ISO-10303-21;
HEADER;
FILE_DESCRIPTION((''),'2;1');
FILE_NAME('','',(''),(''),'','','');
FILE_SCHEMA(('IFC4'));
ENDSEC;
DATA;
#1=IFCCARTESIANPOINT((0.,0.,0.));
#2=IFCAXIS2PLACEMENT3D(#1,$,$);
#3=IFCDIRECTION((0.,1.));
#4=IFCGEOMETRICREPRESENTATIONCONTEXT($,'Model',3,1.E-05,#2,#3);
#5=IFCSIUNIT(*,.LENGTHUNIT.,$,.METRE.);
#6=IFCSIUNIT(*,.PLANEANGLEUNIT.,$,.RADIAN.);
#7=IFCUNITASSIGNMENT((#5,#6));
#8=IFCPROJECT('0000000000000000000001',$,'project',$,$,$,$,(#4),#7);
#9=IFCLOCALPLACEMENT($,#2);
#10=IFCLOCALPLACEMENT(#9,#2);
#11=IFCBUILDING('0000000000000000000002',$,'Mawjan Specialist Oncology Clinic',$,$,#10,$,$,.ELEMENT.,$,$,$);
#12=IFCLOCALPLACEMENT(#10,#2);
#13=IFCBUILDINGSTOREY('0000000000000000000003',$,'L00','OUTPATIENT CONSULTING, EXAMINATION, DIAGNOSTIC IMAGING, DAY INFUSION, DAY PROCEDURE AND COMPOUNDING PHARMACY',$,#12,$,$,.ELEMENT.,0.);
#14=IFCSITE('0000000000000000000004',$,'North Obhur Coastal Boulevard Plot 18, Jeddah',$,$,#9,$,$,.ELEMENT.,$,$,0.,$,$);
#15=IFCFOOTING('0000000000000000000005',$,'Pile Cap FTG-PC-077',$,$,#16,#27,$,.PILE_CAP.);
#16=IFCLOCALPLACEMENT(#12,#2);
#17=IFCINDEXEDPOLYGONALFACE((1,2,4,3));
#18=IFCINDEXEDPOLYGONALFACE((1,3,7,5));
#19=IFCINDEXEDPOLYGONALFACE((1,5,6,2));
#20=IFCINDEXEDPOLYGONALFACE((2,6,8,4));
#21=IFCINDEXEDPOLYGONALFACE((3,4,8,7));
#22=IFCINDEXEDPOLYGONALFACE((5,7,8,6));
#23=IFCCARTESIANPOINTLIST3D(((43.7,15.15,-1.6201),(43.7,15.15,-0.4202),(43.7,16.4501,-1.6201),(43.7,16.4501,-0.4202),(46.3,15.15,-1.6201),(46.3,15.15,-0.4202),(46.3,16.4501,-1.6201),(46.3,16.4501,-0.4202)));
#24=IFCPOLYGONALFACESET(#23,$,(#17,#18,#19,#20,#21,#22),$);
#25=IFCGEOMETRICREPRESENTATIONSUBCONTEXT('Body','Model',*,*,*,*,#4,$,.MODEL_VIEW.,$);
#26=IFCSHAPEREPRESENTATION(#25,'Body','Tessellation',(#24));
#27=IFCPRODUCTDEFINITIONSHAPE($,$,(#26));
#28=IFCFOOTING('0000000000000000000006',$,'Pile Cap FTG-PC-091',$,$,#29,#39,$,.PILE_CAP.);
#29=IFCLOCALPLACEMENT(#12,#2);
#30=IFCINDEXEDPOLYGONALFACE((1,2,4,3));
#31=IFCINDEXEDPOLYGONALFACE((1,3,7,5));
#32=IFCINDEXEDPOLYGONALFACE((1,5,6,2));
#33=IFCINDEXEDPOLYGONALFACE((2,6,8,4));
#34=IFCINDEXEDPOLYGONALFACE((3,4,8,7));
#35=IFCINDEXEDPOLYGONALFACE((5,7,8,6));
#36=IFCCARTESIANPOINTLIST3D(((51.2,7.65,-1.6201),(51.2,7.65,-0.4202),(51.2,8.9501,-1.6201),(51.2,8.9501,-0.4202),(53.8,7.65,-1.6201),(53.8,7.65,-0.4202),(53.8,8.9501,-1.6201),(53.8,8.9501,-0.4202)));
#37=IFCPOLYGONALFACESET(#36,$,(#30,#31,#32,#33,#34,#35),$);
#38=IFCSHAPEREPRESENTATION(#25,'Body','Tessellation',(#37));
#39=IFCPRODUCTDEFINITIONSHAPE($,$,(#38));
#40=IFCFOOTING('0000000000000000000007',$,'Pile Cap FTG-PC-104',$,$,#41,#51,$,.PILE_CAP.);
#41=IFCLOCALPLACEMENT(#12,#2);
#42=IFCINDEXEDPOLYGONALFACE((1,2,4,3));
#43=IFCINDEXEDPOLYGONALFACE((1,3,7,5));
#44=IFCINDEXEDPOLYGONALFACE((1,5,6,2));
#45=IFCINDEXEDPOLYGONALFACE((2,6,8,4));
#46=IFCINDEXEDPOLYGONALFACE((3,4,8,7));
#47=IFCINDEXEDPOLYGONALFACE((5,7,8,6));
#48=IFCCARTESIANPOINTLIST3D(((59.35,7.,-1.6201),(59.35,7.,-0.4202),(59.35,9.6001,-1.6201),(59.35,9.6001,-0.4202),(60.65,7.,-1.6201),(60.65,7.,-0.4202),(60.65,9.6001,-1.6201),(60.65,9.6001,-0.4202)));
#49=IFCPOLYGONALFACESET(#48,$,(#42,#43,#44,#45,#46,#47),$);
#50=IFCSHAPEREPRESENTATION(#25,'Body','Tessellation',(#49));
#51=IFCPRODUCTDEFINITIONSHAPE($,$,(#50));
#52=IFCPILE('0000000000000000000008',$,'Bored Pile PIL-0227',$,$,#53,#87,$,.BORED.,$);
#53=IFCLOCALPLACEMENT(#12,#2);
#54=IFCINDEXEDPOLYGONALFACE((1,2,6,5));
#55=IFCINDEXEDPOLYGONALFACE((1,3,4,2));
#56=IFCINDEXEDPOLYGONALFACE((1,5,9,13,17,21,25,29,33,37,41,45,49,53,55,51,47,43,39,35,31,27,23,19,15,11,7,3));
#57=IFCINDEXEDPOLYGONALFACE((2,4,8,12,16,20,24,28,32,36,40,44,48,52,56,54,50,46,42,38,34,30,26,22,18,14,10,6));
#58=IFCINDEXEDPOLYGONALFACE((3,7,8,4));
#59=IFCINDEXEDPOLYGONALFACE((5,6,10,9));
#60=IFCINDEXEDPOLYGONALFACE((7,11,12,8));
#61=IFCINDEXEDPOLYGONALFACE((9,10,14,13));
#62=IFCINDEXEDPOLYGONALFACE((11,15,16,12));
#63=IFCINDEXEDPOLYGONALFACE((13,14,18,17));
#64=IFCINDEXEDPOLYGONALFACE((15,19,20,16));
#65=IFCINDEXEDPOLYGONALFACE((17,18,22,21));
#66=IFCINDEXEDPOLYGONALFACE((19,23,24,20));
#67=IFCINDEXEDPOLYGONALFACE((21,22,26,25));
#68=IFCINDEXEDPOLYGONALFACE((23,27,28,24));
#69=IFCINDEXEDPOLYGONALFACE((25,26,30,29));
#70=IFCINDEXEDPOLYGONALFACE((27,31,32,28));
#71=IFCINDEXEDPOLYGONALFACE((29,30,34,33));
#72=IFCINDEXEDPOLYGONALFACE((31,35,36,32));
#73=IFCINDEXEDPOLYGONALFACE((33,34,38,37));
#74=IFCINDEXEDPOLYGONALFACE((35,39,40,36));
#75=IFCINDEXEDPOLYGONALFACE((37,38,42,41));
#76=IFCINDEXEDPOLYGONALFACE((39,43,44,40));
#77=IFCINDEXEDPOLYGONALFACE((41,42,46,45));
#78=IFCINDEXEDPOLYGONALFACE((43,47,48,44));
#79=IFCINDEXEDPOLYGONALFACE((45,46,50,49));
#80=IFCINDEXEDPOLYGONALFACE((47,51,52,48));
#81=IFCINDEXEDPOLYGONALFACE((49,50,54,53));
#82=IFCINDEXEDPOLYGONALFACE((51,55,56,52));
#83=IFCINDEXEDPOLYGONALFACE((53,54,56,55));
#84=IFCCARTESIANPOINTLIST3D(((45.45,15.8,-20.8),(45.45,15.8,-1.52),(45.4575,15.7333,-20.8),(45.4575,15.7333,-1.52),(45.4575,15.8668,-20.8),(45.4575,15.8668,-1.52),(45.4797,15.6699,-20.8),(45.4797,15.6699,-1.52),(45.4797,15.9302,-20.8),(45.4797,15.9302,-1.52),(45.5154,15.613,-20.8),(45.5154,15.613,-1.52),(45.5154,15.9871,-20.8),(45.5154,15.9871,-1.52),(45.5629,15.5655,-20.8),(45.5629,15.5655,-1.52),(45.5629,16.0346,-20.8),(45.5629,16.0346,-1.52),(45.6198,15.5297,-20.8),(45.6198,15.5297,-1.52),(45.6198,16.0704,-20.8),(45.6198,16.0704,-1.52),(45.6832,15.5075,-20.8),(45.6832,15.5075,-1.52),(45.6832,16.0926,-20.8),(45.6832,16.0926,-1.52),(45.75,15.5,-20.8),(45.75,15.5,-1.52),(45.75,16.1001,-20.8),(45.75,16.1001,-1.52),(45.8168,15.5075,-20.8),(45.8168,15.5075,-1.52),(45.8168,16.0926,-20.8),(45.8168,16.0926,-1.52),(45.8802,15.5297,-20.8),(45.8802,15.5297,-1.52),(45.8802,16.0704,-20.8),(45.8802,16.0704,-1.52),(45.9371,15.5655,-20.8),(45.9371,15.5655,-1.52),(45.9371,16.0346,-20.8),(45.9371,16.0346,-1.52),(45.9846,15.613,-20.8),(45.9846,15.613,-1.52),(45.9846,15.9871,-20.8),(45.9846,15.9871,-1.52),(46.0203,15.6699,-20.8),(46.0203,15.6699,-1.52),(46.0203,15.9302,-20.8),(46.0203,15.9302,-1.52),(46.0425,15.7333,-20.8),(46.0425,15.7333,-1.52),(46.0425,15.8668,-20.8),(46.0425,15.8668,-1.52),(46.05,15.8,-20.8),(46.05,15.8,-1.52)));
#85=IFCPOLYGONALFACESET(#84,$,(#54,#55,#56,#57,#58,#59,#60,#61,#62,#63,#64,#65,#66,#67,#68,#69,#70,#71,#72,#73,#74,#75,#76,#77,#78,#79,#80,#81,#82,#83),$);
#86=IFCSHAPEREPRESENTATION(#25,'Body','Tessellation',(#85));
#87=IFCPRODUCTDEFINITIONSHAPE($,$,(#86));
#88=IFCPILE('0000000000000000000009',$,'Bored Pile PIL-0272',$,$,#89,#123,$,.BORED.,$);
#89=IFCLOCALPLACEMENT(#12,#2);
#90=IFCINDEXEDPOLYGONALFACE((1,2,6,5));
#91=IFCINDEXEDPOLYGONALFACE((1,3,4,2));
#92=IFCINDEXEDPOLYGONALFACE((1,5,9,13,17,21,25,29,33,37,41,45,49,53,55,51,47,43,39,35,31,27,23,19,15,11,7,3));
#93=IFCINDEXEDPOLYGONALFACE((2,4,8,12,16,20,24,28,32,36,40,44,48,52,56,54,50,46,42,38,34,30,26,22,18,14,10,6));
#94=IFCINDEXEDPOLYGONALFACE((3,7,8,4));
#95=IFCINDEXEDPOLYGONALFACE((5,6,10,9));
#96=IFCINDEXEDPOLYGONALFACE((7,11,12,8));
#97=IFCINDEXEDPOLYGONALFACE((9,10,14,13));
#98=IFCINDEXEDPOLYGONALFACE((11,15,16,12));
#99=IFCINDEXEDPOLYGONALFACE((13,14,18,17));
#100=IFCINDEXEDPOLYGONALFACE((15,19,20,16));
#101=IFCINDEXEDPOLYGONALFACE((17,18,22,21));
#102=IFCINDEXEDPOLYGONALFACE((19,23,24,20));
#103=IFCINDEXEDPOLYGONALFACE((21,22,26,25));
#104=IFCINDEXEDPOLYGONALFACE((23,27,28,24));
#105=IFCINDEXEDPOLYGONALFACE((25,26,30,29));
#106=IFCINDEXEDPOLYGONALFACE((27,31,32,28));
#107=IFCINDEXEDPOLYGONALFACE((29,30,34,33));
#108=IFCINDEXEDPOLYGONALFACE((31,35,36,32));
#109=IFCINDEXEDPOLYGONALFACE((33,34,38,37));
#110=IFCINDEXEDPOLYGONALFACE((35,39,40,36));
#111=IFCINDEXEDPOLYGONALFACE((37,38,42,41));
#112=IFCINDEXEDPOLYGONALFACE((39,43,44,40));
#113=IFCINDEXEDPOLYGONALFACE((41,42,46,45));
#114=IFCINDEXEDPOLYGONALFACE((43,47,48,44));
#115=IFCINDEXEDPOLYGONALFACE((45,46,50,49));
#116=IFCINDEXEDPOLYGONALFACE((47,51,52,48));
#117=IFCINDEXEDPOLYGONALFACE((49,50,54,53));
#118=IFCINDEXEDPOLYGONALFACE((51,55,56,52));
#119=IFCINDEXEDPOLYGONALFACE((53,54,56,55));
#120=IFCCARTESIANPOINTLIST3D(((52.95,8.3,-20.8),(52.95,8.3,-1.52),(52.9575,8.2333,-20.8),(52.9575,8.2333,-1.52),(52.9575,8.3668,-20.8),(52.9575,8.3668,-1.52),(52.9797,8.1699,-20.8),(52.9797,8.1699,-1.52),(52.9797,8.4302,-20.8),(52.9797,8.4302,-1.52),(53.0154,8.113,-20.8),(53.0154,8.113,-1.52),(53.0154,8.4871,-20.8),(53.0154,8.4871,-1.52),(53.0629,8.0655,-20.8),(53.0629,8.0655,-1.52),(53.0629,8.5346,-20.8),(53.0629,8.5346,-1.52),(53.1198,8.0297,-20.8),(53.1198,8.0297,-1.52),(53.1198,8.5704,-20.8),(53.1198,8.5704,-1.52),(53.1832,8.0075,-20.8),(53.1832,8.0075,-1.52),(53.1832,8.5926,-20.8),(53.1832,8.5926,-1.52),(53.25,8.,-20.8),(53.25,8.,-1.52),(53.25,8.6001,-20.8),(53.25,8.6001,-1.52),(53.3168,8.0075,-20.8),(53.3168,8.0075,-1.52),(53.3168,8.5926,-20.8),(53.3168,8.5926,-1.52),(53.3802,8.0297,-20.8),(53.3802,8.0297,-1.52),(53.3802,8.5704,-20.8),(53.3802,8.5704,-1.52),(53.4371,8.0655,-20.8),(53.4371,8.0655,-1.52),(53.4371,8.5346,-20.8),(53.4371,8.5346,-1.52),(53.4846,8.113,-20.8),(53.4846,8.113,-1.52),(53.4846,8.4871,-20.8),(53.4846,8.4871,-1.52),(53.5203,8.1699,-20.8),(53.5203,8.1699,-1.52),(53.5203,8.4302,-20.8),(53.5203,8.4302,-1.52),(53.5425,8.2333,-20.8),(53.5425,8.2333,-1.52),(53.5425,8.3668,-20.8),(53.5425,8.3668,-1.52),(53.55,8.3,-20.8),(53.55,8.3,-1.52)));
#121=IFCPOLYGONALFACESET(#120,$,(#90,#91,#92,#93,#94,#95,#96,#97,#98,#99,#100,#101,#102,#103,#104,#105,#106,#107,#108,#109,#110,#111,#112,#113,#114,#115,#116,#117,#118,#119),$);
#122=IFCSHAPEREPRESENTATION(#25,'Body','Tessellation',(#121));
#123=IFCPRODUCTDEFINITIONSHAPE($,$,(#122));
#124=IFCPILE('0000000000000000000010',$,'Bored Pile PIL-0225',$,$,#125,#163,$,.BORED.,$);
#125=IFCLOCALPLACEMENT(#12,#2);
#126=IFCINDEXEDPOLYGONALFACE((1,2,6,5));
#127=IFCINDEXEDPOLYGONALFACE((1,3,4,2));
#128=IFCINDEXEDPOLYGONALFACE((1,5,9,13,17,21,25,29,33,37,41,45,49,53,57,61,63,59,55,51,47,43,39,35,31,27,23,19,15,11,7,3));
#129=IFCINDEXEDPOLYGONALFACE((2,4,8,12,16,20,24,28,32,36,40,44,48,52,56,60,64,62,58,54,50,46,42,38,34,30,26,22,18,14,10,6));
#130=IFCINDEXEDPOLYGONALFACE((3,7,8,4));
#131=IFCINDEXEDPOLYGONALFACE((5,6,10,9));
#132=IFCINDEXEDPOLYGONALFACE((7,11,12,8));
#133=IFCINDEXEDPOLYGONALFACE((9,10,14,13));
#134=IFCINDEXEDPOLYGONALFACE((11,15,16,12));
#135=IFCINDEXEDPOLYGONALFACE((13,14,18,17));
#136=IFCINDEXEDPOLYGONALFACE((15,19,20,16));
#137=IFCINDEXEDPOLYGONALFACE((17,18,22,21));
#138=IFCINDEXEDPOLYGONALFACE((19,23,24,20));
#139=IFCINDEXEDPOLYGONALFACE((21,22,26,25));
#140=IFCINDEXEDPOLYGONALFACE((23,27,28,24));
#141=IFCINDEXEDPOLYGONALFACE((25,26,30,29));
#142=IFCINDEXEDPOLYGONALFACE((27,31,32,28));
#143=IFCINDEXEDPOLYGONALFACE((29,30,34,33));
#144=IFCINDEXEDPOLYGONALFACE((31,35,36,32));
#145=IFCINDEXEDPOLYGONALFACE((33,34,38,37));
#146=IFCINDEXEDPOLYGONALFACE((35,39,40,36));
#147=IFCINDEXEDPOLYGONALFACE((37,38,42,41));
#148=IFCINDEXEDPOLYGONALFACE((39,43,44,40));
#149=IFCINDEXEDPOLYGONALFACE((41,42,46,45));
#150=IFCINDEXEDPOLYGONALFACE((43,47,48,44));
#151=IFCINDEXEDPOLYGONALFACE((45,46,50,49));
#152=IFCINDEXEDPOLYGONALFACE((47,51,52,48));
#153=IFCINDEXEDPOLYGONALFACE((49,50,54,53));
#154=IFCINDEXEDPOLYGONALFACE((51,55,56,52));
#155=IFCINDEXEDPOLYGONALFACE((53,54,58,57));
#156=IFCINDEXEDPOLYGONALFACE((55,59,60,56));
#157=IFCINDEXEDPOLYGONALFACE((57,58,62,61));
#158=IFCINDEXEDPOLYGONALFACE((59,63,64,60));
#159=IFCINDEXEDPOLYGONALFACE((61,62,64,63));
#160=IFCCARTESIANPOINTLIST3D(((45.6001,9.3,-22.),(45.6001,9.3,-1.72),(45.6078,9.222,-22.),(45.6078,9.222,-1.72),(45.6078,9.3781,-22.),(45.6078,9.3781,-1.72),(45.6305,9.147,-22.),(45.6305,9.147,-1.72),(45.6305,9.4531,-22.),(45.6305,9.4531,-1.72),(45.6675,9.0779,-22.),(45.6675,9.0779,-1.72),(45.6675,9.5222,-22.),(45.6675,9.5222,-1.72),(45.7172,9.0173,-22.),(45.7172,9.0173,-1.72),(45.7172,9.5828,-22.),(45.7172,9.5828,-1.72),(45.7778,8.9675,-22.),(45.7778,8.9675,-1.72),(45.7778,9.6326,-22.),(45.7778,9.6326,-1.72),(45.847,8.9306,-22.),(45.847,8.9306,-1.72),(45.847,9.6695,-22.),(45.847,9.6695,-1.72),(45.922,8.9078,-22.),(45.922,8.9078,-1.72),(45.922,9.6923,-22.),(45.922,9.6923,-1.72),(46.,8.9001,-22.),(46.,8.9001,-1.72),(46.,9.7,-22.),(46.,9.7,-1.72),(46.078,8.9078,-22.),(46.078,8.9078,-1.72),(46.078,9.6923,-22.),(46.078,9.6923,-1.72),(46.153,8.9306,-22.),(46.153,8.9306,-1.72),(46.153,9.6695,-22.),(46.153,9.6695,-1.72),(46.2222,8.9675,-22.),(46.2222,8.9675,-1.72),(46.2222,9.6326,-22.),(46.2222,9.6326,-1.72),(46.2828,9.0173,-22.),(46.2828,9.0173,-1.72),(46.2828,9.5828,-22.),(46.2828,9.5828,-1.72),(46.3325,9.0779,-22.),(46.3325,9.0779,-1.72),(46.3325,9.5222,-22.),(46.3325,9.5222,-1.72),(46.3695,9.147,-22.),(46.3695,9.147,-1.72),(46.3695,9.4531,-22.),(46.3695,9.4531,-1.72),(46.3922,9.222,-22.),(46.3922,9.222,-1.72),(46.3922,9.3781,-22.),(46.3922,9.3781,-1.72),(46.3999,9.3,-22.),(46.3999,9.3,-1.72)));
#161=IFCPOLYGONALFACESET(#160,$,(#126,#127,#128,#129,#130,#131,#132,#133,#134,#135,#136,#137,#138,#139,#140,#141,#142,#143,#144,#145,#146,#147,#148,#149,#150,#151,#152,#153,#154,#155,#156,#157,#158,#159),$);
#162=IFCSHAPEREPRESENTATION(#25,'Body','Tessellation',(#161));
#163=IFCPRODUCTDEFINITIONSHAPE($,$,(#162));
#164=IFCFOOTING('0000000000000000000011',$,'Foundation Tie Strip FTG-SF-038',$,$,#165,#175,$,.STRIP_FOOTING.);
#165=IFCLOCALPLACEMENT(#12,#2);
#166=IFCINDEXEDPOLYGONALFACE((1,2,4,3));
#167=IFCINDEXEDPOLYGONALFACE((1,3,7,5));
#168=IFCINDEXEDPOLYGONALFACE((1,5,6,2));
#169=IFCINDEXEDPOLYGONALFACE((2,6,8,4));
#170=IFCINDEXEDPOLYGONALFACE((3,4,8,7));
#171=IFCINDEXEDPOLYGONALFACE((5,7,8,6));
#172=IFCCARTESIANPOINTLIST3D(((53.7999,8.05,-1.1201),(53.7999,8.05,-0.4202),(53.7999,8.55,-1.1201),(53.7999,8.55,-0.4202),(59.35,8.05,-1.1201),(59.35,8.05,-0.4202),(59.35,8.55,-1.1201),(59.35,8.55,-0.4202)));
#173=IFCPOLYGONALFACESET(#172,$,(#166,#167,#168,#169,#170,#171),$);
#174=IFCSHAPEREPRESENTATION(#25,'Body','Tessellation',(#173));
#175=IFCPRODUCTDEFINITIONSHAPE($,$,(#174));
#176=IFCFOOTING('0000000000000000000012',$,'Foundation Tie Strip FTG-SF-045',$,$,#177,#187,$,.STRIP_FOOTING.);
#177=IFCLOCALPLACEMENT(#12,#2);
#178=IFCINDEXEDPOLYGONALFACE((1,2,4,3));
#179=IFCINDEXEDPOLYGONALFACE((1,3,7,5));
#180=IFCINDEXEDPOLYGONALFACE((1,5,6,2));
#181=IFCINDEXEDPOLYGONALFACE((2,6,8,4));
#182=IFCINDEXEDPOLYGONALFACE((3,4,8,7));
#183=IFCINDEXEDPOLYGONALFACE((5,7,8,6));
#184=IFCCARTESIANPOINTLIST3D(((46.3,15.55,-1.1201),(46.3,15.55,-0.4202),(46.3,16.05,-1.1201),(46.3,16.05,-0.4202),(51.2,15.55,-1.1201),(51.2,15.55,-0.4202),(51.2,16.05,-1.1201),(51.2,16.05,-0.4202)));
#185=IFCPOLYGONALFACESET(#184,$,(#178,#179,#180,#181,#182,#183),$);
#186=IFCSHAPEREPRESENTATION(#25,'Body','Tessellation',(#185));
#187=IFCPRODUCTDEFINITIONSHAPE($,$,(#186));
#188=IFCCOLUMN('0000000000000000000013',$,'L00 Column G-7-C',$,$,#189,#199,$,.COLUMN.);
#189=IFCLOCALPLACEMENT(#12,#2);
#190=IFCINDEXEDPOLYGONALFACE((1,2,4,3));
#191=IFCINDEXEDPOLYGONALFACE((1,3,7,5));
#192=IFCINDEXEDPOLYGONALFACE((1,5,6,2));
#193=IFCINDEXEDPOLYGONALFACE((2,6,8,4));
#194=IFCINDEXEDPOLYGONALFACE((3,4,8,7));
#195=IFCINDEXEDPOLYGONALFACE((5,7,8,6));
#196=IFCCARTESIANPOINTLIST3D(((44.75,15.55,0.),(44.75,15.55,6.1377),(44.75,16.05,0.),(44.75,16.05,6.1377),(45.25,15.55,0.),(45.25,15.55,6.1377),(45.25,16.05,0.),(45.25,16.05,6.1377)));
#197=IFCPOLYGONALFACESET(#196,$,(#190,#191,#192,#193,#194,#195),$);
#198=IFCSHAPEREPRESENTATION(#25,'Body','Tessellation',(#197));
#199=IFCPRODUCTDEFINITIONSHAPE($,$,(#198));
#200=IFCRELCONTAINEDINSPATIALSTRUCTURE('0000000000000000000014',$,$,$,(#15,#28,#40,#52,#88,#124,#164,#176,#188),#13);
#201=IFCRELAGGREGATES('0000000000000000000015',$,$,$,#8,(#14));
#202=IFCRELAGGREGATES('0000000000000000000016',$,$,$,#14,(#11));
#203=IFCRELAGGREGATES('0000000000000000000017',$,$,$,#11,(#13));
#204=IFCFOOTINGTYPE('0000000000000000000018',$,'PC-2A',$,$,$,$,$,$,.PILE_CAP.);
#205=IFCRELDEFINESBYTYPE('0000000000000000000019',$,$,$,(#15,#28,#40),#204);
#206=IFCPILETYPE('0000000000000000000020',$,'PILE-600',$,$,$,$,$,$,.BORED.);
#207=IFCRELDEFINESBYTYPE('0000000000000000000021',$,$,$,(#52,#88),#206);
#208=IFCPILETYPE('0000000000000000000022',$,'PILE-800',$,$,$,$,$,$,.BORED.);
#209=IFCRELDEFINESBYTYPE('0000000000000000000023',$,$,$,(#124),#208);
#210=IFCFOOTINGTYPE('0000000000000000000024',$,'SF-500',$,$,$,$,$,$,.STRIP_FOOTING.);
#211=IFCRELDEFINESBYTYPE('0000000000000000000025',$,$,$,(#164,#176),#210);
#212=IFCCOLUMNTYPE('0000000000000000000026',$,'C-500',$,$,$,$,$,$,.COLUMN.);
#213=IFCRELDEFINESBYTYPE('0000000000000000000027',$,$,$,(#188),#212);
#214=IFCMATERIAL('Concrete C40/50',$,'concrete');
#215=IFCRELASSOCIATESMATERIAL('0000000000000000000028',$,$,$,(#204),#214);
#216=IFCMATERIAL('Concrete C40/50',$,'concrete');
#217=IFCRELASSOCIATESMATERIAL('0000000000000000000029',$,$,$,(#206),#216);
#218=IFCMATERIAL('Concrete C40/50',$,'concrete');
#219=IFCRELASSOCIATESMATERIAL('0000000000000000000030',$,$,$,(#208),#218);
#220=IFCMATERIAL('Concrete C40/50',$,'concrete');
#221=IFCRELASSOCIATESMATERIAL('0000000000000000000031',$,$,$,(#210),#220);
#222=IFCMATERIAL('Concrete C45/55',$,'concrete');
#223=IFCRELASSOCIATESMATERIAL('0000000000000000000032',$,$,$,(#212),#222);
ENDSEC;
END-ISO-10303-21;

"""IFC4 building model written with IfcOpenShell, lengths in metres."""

from ifc_helpers import new_model, si_unit, direction, frame, origin, origin_2d, place, context, subcontext, project, spatial, rectangle, circle, extrude, material, material_profile, profile_set, type_object, element, save


model = new_model("IFC4")

# Units and contexts
model_context = context("Model", 3, precision=1e-05, world=origin(), true_north=direction((0.0, 1.0)))
body_context = subcontext(model_context, "Body", "Model", "MODEL_VIEW")
ifc_project = project(units=[si_unit("LENGTHUNIT", "METRE"), si_unit("PLANEANGLEUNIT", "RADIAN")], contexts=[model_context])

# Site, building, storey
site_placement = place(None, origin())
site = spatial("IfcSite", under=ifc_project, at=site_placement, Name="North Obhur Coastal Boulevard Plot 18, Jeddah", CompositionType="ELEMENT", RefElevation=0.0)
building_placement = place(site_placement, origin())
building = spatial("IfcBuilding", under=site, at=building_placement, Name="Mawjan Specialist Oncology Clinic", CompositionType="ELEMENT")
storey_placement = place(building_placement, origin())
storey = spatial("IfcBuildingStorey", under=building, at=storey_placement, Name="L00", Description="OUTPATIENT CONSULTING, EXAMINATION, DIAGNOSTIC IMAGING, DAY INFUSION, DAY PROCEDURE AND COMPOUNDING PHARMACY", CompositionType="ELEMENT", Elevation=0.0)

# Footings
ifc_material_1 = material(Name="Concrete C40/50", Category="concrete")
footing_type_1 = type_object("IfcFootingType", Name="PC-2A", PredefinedType="PILE_CAP", material=ifc_material_1)
for number, where, z_axis, x_axis, name in (
    (1, (45.0, 15.8, -1.6201), (0.0, 0.0, 1.0), (1.0, 0.0, 0.0), "Pile Cap FTG-PC-077"),
    (2, (52.5, 8.3, -1.6201), (0.0, 0.0, 1.0), (1.0, 0.0, 0.0), "Pile Cap FTG-PC-091"),
    (3, (60.0, 8.3, -1.6201), (0.0, 0.0, 1.0), (0.0, 1.0, 0.0), "Pile Cap FTG-PC-104"),
):
    element("IfcFooting", number, at=place(storey_placement, frame(where, z_axis=z_axis, x_axis=x_axis)), inside=storey, type_object=footing_type_1, Name=name, PredefinedType="PILE_CAP", context=body_context, shape_type="SweptSolid", body=[
        extrude(rectangle(XDim=2.6001, YDim=1.3, at=origin_2d()), origin(), (0.0, 0.0, 1.0), 1.2),
    ])

# Piles
ifc_material_2 = material(Name="Concrete C40/50", Category="concrete")
ifc_material_profile_1 = material_profile(ifc_material_2, circle(Radius=0.3, at=origin_2d()), Name="BORED PILE D600", Category="concrete")
ifc_profile_set_1 = profile_set([ifc_material_profile_1], Name="Concrete C40/50")
pile_type_1 = type_object("IfcPileType", Name="PILE-600", PredefinedType="BORED", material=ifc_profile_set_1)
for number, where, z_axis, x_axis, name in (
    (4, (45.75, 15.8, -1.52), (0.0, 0.0, -1.0), (1.0, 0.0, 0.0), "Bored Pile PIL-0227"),
    (5, (53.25, 8.3, -1.52), (0.0, 0.0, -1.0), (1.0, 0.0, 0.0), "Bored Pile PIL-0272"),
):
    element("IfcPile", number, at=place(storey_placement, frame(where, z_axis=z_axis, x_axis=x_axis)), inside=storey, type_object=pile_type_1, Name=name, PredefinedType="BORED", context=body_context, shape_type="SweptSolid", body=[
        extrude(circle(Radius=0.3, at=origin_2d()), origin(), (0.0, 0.0, 1.0), 19.28),
    ])
ifc_material_3 = material(Name="Concrete C40/50", Category="concrete")
ifc_material_profile_2 = material_profile(ifc_material_3, circle(Radius=0.3999, at=origin_2d()), Name="BORED PILE D800", Category="concrete")
ifc_profile_set_2 = profile_set([ifc_material_profile_2], Name="Concrete C40/50")
pile_type_2 = type_object("IfcPileType", Name="PILE-800", PredefinedType="BORED", material=ifc_profile_set_2)
pile_placement = place(storey_placement, frame((46.0, 9.3, -1.72), z_axis=(0.0, 0.0, -1.0), x_axis=(1.0, 0.0, 0.0)))
element("IfcPile", 6, at=pile_placement, inside=storey, type_object=pile_type_2, Name="Bored Pile PIL-0225", PredefinedType="BORED", context=body_context, shape_type="SweptSolid", body=[
    extrude(circle(Radius=0.3999, at=origin_2d()), origin(), (0.0, 0.0, 1.0), 20.28),
])

# Footings
ifc_material_4 = material(Name="Concrete C40/50", Category="concrete")
footing_type_2 = type_object("IfcFootingType", Name="SF-500", PredefinedType="STRIP_FOOTING", material=ifc_material_4)
footing_1_placement = place(storey_placement, frame((56.575, 8.3, -1.1201), z_axis=(0.0, 0.0, 1.0), x_axis=(1.0, 0.0, 0.0)))
element("IfcFooting", 7, at=footing_1_placement, inside=storey, type_object=footing_type_2, Name="Foundation Tie Strip FTG-SF-038", PredefinedType="STRIP_FOOTING", context=body_context, shape_type="SweptSolid", body=[
    extrude(rectangle(XDim=5.55, YDim=0.5, at=origin_2d()), origin(), (0.0, 0.0, 1.0), 0.7),
])
footing_2_placement = place(storey_placement, frame((48.75, 15.8, -1.1201), z_axis=(0.0, 0.0, 1.0), x_axis=(1.0, 0.0, 0.0)))
element("IfcFooting", 8, at=footing_2_placement, inside=storey, type_object=footing_type_2, Name="Foundation Tie Strip FTG-SF-045", PredefinedType="STRIP_FOOTING", context=body_context, shape_type="SweptSolid", body=[
    extrude(rectangle(XDim=4.8999, YDim=0.5, at=origin_2d()), origin(), (0.0, 0.0, 1.0), 0.7),
])

# Column
ifc_material_5 = material(Name="Concrete C45/55", Category="concrete")
ifc_material_profile_3 = material_profile(ifc_material_5, rectangle(XDim=0.5, YDim=0.5, at=origin_2d()), Name="RC COL 500x500", Category="concrete")
ifc_profile_set_3 = profile_set([ifc_material_profile_3], Name="Concrete C45/55")
column_type = type_object("IfcColumnType", Name="C-500", PredefinedType="COLUMN", material=ifc_profile_set_3)
column_1_placement = place(storey_placement, frame((45.0, 15.8, 0.0), z_axis=(0.0, 0.0, 1.0), x_axis=(1.0, 0.0, 0.0)))
element("IfcColumn", 9, at=column_1_placement, inside=storey, type_object=column_type, Name="L00 Column G-7-C", PredefinedType="COLUMN", context=body_context, shape_type="SweptSolid", body=[
    extrude(rectangle(XDim=0.5, YDim=0.5, at=origin_2d()), origin(), (0.0, 0.0, 1.0), 6.1377),
])

save(model, "model.ifc")
